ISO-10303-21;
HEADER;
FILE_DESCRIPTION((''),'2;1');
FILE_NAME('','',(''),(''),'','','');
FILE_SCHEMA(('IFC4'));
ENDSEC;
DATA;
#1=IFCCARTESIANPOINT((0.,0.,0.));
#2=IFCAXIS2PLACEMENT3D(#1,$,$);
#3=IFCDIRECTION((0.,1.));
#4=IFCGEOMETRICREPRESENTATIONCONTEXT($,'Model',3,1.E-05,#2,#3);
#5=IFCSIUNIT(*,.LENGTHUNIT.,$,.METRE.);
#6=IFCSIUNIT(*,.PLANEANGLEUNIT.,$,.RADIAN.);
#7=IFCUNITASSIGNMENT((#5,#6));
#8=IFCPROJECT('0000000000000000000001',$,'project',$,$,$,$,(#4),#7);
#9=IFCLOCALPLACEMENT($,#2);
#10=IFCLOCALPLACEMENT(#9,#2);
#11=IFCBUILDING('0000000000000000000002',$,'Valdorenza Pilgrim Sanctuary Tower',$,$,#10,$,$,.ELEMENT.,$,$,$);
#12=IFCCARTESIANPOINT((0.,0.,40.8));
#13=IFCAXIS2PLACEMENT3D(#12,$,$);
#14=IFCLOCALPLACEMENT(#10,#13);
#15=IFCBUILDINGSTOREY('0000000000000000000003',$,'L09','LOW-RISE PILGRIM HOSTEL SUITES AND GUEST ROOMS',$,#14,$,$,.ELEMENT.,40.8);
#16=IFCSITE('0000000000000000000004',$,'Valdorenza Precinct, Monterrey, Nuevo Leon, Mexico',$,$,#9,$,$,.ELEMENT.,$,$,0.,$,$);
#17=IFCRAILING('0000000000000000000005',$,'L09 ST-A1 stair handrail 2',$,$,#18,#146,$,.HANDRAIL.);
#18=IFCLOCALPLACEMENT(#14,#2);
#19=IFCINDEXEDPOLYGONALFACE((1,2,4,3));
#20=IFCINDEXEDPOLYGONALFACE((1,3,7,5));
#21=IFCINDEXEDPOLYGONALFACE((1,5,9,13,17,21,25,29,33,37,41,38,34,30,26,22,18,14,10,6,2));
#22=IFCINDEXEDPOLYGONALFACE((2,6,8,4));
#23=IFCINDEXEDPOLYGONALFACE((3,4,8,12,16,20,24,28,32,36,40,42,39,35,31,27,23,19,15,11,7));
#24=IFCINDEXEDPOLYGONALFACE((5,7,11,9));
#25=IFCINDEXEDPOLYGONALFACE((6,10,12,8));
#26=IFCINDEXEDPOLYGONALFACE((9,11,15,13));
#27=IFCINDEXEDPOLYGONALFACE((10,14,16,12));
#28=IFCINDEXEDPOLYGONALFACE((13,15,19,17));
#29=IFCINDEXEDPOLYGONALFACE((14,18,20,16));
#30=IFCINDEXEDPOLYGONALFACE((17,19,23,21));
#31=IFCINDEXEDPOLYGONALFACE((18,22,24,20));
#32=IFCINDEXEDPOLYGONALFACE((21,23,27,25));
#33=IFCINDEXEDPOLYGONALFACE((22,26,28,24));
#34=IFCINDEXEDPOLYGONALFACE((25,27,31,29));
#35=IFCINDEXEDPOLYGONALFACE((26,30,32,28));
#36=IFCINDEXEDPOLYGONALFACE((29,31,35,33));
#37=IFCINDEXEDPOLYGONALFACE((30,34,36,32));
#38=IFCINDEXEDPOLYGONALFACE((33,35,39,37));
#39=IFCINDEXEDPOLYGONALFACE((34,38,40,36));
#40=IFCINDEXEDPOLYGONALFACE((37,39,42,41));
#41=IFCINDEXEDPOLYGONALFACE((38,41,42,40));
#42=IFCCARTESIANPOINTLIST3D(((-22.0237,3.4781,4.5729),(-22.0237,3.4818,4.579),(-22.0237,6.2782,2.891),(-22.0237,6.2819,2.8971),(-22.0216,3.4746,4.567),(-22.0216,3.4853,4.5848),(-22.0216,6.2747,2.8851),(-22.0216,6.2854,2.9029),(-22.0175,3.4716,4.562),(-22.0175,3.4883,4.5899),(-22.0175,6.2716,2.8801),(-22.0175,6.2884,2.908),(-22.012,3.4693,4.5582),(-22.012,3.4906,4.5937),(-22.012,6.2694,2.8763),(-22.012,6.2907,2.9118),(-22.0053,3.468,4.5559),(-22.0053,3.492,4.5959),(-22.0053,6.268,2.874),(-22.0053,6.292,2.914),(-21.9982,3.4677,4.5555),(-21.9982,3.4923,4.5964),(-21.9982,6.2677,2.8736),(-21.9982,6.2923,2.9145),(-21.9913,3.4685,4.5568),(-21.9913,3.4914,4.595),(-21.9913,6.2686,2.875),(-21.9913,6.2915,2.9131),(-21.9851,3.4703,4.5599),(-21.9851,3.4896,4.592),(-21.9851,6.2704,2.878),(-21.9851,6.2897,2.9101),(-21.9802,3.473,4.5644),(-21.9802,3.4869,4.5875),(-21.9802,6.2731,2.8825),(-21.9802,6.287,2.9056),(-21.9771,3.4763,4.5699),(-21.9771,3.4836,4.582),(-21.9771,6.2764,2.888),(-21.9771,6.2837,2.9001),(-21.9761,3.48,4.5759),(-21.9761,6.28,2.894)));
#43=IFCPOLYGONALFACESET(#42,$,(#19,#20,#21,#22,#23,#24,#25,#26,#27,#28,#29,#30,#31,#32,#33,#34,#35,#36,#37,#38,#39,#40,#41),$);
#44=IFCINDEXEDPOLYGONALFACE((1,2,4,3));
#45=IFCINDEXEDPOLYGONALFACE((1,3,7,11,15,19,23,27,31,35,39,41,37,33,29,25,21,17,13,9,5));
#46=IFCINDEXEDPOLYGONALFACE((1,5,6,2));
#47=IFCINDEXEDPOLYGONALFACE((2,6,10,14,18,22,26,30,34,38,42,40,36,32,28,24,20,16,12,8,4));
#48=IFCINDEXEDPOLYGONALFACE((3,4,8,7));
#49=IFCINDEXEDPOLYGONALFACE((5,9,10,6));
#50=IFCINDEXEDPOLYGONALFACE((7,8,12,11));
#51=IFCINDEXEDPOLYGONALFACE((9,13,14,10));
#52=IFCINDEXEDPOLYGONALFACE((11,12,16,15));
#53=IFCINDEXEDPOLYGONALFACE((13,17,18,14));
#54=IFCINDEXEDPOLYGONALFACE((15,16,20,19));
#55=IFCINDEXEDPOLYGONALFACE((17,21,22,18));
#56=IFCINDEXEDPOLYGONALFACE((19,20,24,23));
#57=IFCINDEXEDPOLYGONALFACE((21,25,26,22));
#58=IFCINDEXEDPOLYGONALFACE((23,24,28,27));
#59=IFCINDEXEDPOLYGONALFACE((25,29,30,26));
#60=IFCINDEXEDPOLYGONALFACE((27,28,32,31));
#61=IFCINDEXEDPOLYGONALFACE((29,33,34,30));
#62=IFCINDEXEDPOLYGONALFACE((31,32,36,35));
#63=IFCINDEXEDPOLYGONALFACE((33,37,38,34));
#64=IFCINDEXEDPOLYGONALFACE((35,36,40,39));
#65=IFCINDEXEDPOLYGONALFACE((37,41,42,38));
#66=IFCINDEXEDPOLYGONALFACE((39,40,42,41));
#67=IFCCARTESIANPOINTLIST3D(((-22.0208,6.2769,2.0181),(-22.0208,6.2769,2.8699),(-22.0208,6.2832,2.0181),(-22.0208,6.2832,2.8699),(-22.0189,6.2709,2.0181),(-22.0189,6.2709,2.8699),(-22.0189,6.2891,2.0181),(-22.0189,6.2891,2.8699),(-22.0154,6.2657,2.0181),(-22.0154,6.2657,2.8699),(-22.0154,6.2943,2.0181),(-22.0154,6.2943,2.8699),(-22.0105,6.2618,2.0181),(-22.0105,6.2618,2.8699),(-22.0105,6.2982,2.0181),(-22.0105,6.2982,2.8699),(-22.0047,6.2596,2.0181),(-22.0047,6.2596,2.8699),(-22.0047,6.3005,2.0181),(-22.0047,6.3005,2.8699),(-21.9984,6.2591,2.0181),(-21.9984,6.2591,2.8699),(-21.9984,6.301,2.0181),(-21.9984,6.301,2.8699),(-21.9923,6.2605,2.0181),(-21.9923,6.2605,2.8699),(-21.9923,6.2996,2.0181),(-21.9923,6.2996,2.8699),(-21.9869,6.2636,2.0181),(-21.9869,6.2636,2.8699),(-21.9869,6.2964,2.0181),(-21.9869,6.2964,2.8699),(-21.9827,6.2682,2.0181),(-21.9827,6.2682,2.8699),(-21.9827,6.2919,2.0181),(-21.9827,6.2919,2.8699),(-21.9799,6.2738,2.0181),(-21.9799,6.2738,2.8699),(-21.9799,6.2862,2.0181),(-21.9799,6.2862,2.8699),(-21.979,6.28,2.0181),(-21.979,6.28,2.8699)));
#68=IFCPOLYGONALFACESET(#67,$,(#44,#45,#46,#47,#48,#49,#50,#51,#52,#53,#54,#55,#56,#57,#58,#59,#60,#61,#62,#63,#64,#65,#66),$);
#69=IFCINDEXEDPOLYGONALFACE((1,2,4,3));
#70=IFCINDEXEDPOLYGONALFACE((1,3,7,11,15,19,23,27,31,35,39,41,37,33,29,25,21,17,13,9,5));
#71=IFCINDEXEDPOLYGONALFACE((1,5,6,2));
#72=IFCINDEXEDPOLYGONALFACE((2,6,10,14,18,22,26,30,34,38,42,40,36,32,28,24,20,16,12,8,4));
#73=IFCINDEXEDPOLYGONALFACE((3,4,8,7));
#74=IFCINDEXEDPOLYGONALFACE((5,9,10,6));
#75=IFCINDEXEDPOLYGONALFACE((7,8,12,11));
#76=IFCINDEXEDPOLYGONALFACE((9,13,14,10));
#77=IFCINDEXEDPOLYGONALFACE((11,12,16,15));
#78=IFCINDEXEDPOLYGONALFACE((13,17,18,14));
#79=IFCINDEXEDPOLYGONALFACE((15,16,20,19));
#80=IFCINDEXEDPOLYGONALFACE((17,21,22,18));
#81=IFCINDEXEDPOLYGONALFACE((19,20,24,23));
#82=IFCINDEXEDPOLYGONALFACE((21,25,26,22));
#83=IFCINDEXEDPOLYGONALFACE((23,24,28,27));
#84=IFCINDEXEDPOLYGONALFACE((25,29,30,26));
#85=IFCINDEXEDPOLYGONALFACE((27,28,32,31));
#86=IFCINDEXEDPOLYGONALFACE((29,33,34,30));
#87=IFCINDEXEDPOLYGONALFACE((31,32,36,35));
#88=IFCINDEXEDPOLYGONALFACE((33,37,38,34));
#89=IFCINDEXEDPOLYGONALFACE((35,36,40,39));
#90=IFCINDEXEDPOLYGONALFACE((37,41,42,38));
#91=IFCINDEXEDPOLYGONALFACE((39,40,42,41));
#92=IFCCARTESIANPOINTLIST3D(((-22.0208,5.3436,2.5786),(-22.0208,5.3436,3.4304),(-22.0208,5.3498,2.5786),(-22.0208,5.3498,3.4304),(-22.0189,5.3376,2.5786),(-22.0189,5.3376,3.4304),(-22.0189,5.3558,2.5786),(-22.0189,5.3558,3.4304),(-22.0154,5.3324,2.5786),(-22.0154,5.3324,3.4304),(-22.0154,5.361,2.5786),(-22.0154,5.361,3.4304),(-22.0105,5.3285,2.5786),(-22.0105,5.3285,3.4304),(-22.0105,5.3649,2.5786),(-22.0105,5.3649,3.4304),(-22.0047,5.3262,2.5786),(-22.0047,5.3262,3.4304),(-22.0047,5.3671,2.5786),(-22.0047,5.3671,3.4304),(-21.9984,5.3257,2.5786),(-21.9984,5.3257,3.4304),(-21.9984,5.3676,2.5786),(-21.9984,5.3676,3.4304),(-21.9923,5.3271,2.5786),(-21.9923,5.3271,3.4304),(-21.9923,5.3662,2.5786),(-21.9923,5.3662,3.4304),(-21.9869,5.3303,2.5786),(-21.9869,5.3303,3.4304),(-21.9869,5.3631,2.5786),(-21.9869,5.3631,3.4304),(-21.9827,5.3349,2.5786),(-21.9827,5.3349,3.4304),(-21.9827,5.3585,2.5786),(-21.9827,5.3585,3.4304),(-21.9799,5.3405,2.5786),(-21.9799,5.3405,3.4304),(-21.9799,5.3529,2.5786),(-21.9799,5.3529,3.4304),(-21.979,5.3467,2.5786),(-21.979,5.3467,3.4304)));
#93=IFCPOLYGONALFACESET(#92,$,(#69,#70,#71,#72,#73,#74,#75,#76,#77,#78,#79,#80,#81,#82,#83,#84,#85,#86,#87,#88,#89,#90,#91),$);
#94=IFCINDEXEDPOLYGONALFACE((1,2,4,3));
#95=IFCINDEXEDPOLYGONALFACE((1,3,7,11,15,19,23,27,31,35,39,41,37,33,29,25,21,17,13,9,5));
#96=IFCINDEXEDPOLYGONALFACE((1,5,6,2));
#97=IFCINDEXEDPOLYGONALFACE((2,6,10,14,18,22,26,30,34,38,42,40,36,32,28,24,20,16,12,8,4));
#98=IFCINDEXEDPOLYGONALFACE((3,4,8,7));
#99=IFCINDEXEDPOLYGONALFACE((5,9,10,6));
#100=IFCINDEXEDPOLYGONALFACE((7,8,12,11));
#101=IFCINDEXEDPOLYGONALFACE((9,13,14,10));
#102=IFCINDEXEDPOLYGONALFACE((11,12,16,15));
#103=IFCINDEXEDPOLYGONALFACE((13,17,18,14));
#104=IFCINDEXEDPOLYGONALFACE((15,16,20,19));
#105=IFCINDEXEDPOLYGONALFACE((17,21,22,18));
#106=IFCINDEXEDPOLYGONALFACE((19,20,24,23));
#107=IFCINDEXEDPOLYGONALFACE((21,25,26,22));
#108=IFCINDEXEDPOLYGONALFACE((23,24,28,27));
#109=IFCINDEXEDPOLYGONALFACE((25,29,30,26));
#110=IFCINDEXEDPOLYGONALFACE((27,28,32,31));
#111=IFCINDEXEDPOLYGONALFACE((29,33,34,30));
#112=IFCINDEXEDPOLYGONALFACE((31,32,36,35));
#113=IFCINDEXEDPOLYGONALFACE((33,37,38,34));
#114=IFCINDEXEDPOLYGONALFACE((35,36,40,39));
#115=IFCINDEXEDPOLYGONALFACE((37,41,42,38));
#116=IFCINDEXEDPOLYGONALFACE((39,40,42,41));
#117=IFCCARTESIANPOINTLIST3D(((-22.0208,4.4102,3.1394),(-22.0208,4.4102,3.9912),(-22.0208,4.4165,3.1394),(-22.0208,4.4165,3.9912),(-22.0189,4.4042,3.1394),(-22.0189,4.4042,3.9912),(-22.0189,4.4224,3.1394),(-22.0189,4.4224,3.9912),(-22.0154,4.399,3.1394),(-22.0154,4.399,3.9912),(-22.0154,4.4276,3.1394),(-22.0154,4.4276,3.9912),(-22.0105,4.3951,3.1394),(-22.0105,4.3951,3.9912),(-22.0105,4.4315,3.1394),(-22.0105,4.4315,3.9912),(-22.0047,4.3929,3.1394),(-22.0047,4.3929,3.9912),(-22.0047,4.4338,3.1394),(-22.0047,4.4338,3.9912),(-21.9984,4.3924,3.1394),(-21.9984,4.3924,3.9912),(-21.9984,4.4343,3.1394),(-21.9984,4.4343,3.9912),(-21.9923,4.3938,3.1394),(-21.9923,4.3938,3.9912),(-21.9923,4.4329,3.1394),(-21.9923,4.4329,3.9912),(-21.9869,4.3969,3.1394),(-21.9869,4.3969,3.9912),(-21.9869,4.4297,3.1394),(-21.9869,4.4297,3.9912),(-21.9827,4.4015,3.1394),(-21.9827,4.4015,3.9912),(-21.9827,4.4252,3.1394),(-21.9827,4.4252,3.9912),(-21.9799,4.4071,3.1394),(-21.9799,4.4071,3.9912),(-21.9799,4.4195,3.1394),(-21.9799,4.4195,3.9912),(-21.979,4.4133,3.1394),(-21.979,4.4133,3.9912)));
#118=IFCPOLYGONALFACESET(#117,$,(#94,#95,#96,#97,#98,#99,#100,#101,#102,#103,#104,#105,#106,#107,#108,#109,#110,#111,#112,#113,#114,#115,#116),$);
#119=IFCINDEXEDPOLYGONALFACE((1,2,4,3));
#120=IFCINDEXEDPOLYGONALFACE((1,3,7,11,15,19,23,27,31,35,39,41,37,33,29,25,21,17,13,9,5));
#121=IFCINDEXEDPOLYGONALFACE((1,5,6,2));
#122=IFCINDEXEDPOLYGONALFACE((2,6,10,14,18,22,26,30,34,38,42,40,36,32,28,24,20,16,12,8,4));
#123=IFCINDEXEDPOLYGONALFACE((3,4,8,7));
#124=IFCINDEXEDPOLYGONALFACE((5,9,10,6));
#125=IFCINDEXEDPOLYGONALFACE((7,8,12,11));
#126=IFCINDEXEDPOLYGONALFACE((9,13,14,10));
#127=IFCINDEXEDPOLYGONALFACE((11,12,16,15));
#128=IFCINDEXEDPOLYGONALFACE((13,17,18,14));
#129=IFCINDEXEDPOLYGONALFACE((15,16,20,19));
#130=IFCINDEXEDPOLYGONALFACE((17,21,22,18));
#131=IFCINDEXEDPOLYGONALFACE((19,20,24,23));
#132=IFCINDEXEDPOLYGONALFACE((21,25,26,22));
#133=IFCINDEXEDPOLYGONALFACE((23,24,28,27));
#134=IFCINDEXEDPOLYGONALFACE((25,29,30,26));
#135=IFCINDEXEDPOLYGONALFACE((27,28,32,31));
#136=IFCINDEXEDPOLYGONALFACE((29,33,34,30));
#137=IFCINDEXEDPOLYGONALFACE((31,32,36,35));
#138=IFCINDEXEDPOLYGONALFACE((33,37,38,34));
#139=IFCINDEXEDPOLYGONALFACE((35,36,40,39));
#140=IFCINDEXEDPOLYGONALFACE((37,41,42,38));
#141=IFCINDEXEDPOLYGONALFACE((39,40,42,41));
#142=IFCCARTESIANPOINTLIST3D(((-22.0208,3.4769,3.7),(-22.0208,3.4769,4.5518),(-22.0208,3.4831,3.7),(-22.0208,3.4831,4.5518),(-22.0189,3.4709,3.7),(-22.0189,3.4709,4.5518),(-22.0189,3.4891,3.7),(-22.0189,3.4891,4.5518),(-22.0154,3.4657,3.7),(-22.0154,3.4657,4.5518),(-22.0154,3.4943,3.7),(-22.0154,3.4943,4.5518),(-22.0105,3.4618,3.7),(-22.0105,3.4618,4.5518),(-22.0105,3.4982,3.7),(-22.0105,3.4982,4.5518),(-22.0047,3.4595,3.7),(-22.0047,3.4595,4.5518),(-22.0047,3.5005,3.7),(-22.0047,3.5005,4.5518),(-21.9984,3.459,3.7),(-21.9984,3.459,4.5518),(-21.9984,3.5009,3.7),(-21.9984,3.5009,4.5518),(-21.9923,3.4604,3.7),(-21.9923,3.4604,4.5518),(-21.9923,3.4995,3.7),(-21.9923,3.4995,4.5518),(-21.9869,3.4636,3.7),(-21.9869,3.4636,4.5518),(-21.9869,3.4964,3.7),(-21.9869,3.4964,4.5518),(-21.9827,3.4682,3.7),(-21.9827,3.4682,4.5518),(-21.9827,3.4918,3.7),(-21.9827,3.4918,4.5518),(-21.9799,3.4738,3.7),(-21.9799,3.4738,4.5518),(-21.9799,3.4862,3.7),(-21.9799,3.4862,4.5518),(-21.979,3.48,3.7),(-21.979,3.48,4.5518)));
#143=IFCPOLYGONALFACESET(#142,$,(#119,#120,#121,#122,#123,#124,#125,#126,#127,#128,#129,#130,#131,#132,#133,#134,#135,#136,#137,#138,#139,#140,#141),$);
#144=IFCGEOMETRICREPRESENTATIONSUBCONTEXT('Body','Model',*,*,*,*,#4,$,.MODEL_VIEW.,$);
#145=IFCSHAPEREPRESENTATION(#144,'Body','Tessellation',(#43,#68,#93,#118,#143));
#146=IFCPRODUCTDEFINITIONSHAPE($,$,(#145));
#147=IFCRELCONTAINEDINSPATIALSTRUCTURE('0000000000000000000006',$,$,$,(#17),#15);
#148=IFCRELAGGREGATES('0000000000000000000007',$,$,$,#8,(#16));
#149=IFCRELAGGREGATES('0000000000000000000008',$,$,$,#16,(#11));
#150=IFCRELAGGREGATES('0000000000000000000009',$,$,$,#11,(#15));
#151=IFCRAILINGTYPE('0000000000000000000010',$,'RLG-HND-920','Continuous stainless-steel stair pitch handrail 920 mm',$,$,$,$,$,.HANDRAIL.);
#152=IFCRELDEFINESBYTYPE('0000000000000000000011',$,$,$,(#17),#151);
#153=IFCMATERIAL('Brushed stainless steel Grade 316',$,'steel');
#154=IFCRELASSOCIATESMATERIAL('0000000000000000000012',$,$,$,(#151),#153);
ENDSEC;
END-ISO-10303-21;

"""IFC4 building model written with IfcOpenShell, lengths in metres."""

from ifc_helpers import new_model, si_unit, direction, frame, origin, origin_2d, place, context, subcontext, project, spatial, circle, extrude, material, type_object, element, save


model = new_model("IFC4")

# Units and contexts
model_context = context("Model", 3, precision=1e-05, world=origin(), true_north=direction((0.0, 1.0)))
body_context = subcontext(model_context, "Body", "Model", "MODEL_VIEW")
ifc_project = project(units=[si_unit("LENGTHUNIT", "METRE"), si_unit("PLANEANGLEUNIT", "RADIAN")], contexts=[model_context])

# Site, building, storey
site_placement = place(None, origin())
site = spatial("IfcSite", under=ifc_project, at=site_placement, Name="Valdorenza Precinct, Monterrey, Nuevo Leon, Mexico", CompositionType="ELEMENT", RefElevation=0.0)
building_placement = place(site_placement, origin())
building = spatial("IfcBuilding", under=site, at=building_placement, Name="Valdorenza Pilgrim Sanctuary Tower", CompositionType="ELEMENT")
storey_placement = place(building_placement, frame((0.0, 0.0, 40.8)))
storey = spatial("IfcBuildingStorey", under=building, at=storey_placement, Name="L09", Description="LOW-RISE PILGRIM HOSTEL SUITES AND GUEST ROOMS", CompositionType="ELEMENT", Elevation=40.8)

# Shared definitions
ifc_material_1 = material(Name="Brushed stainless steel Grade 316", Category="steel")

# Railing
railing_type_1 = type_object("IfcRailingType", Name="RLG-HND-920", Description="Continuous stainless-steel stair pitch handrail 920 mm", PredefinedType="HANDRAIL", material=ifc_material_1)
railing_1_placement = place(storey_placement, frame((-22.0, 6.28, 2.0181)))
element("IfcRailing", 1, at=railing_1_placement, inside=storey, type_object=railing_type_1, Name="L09 ST-A1 stair handrail 2", PredefinedType="HANDRAIL", context=body_context, shape_type="SweptSolid", body=[
    extrude(circle(Radius=0.0239, at=origin_2d()), frame((0.0, 0.0, 0.876), z_axis=(0.0, -0.857242, 0.514913), x_axis=(1.0, 0.0, 0.0)), (0.0, 0.0, 1.0), 3.2664),
    extrude(circle(Radius=0.021, at=origin_2d()), origin(), (0.0, 0.0, 1.0), 0.8518),
    extrude(circle(Radius=0.021, at=origin_2d()), frame((0.0, -0.9333, 0.5605)), (0.0, 0.0, 1.0), 0.8518),
    extrude(circle(Radius=0.021, at=origin_2d()), frame((0.0, -1.8667, 1.1213)), (0.0, 0.0, 1.0), 0.8518),
    extrude(circle(Radius=0.021, at=origin_2d()), frame((0.0, -2.8, 1.6819)), (0.0, 0.0, 1.0), 0.8518),
])

save(model, "model.ifc")
